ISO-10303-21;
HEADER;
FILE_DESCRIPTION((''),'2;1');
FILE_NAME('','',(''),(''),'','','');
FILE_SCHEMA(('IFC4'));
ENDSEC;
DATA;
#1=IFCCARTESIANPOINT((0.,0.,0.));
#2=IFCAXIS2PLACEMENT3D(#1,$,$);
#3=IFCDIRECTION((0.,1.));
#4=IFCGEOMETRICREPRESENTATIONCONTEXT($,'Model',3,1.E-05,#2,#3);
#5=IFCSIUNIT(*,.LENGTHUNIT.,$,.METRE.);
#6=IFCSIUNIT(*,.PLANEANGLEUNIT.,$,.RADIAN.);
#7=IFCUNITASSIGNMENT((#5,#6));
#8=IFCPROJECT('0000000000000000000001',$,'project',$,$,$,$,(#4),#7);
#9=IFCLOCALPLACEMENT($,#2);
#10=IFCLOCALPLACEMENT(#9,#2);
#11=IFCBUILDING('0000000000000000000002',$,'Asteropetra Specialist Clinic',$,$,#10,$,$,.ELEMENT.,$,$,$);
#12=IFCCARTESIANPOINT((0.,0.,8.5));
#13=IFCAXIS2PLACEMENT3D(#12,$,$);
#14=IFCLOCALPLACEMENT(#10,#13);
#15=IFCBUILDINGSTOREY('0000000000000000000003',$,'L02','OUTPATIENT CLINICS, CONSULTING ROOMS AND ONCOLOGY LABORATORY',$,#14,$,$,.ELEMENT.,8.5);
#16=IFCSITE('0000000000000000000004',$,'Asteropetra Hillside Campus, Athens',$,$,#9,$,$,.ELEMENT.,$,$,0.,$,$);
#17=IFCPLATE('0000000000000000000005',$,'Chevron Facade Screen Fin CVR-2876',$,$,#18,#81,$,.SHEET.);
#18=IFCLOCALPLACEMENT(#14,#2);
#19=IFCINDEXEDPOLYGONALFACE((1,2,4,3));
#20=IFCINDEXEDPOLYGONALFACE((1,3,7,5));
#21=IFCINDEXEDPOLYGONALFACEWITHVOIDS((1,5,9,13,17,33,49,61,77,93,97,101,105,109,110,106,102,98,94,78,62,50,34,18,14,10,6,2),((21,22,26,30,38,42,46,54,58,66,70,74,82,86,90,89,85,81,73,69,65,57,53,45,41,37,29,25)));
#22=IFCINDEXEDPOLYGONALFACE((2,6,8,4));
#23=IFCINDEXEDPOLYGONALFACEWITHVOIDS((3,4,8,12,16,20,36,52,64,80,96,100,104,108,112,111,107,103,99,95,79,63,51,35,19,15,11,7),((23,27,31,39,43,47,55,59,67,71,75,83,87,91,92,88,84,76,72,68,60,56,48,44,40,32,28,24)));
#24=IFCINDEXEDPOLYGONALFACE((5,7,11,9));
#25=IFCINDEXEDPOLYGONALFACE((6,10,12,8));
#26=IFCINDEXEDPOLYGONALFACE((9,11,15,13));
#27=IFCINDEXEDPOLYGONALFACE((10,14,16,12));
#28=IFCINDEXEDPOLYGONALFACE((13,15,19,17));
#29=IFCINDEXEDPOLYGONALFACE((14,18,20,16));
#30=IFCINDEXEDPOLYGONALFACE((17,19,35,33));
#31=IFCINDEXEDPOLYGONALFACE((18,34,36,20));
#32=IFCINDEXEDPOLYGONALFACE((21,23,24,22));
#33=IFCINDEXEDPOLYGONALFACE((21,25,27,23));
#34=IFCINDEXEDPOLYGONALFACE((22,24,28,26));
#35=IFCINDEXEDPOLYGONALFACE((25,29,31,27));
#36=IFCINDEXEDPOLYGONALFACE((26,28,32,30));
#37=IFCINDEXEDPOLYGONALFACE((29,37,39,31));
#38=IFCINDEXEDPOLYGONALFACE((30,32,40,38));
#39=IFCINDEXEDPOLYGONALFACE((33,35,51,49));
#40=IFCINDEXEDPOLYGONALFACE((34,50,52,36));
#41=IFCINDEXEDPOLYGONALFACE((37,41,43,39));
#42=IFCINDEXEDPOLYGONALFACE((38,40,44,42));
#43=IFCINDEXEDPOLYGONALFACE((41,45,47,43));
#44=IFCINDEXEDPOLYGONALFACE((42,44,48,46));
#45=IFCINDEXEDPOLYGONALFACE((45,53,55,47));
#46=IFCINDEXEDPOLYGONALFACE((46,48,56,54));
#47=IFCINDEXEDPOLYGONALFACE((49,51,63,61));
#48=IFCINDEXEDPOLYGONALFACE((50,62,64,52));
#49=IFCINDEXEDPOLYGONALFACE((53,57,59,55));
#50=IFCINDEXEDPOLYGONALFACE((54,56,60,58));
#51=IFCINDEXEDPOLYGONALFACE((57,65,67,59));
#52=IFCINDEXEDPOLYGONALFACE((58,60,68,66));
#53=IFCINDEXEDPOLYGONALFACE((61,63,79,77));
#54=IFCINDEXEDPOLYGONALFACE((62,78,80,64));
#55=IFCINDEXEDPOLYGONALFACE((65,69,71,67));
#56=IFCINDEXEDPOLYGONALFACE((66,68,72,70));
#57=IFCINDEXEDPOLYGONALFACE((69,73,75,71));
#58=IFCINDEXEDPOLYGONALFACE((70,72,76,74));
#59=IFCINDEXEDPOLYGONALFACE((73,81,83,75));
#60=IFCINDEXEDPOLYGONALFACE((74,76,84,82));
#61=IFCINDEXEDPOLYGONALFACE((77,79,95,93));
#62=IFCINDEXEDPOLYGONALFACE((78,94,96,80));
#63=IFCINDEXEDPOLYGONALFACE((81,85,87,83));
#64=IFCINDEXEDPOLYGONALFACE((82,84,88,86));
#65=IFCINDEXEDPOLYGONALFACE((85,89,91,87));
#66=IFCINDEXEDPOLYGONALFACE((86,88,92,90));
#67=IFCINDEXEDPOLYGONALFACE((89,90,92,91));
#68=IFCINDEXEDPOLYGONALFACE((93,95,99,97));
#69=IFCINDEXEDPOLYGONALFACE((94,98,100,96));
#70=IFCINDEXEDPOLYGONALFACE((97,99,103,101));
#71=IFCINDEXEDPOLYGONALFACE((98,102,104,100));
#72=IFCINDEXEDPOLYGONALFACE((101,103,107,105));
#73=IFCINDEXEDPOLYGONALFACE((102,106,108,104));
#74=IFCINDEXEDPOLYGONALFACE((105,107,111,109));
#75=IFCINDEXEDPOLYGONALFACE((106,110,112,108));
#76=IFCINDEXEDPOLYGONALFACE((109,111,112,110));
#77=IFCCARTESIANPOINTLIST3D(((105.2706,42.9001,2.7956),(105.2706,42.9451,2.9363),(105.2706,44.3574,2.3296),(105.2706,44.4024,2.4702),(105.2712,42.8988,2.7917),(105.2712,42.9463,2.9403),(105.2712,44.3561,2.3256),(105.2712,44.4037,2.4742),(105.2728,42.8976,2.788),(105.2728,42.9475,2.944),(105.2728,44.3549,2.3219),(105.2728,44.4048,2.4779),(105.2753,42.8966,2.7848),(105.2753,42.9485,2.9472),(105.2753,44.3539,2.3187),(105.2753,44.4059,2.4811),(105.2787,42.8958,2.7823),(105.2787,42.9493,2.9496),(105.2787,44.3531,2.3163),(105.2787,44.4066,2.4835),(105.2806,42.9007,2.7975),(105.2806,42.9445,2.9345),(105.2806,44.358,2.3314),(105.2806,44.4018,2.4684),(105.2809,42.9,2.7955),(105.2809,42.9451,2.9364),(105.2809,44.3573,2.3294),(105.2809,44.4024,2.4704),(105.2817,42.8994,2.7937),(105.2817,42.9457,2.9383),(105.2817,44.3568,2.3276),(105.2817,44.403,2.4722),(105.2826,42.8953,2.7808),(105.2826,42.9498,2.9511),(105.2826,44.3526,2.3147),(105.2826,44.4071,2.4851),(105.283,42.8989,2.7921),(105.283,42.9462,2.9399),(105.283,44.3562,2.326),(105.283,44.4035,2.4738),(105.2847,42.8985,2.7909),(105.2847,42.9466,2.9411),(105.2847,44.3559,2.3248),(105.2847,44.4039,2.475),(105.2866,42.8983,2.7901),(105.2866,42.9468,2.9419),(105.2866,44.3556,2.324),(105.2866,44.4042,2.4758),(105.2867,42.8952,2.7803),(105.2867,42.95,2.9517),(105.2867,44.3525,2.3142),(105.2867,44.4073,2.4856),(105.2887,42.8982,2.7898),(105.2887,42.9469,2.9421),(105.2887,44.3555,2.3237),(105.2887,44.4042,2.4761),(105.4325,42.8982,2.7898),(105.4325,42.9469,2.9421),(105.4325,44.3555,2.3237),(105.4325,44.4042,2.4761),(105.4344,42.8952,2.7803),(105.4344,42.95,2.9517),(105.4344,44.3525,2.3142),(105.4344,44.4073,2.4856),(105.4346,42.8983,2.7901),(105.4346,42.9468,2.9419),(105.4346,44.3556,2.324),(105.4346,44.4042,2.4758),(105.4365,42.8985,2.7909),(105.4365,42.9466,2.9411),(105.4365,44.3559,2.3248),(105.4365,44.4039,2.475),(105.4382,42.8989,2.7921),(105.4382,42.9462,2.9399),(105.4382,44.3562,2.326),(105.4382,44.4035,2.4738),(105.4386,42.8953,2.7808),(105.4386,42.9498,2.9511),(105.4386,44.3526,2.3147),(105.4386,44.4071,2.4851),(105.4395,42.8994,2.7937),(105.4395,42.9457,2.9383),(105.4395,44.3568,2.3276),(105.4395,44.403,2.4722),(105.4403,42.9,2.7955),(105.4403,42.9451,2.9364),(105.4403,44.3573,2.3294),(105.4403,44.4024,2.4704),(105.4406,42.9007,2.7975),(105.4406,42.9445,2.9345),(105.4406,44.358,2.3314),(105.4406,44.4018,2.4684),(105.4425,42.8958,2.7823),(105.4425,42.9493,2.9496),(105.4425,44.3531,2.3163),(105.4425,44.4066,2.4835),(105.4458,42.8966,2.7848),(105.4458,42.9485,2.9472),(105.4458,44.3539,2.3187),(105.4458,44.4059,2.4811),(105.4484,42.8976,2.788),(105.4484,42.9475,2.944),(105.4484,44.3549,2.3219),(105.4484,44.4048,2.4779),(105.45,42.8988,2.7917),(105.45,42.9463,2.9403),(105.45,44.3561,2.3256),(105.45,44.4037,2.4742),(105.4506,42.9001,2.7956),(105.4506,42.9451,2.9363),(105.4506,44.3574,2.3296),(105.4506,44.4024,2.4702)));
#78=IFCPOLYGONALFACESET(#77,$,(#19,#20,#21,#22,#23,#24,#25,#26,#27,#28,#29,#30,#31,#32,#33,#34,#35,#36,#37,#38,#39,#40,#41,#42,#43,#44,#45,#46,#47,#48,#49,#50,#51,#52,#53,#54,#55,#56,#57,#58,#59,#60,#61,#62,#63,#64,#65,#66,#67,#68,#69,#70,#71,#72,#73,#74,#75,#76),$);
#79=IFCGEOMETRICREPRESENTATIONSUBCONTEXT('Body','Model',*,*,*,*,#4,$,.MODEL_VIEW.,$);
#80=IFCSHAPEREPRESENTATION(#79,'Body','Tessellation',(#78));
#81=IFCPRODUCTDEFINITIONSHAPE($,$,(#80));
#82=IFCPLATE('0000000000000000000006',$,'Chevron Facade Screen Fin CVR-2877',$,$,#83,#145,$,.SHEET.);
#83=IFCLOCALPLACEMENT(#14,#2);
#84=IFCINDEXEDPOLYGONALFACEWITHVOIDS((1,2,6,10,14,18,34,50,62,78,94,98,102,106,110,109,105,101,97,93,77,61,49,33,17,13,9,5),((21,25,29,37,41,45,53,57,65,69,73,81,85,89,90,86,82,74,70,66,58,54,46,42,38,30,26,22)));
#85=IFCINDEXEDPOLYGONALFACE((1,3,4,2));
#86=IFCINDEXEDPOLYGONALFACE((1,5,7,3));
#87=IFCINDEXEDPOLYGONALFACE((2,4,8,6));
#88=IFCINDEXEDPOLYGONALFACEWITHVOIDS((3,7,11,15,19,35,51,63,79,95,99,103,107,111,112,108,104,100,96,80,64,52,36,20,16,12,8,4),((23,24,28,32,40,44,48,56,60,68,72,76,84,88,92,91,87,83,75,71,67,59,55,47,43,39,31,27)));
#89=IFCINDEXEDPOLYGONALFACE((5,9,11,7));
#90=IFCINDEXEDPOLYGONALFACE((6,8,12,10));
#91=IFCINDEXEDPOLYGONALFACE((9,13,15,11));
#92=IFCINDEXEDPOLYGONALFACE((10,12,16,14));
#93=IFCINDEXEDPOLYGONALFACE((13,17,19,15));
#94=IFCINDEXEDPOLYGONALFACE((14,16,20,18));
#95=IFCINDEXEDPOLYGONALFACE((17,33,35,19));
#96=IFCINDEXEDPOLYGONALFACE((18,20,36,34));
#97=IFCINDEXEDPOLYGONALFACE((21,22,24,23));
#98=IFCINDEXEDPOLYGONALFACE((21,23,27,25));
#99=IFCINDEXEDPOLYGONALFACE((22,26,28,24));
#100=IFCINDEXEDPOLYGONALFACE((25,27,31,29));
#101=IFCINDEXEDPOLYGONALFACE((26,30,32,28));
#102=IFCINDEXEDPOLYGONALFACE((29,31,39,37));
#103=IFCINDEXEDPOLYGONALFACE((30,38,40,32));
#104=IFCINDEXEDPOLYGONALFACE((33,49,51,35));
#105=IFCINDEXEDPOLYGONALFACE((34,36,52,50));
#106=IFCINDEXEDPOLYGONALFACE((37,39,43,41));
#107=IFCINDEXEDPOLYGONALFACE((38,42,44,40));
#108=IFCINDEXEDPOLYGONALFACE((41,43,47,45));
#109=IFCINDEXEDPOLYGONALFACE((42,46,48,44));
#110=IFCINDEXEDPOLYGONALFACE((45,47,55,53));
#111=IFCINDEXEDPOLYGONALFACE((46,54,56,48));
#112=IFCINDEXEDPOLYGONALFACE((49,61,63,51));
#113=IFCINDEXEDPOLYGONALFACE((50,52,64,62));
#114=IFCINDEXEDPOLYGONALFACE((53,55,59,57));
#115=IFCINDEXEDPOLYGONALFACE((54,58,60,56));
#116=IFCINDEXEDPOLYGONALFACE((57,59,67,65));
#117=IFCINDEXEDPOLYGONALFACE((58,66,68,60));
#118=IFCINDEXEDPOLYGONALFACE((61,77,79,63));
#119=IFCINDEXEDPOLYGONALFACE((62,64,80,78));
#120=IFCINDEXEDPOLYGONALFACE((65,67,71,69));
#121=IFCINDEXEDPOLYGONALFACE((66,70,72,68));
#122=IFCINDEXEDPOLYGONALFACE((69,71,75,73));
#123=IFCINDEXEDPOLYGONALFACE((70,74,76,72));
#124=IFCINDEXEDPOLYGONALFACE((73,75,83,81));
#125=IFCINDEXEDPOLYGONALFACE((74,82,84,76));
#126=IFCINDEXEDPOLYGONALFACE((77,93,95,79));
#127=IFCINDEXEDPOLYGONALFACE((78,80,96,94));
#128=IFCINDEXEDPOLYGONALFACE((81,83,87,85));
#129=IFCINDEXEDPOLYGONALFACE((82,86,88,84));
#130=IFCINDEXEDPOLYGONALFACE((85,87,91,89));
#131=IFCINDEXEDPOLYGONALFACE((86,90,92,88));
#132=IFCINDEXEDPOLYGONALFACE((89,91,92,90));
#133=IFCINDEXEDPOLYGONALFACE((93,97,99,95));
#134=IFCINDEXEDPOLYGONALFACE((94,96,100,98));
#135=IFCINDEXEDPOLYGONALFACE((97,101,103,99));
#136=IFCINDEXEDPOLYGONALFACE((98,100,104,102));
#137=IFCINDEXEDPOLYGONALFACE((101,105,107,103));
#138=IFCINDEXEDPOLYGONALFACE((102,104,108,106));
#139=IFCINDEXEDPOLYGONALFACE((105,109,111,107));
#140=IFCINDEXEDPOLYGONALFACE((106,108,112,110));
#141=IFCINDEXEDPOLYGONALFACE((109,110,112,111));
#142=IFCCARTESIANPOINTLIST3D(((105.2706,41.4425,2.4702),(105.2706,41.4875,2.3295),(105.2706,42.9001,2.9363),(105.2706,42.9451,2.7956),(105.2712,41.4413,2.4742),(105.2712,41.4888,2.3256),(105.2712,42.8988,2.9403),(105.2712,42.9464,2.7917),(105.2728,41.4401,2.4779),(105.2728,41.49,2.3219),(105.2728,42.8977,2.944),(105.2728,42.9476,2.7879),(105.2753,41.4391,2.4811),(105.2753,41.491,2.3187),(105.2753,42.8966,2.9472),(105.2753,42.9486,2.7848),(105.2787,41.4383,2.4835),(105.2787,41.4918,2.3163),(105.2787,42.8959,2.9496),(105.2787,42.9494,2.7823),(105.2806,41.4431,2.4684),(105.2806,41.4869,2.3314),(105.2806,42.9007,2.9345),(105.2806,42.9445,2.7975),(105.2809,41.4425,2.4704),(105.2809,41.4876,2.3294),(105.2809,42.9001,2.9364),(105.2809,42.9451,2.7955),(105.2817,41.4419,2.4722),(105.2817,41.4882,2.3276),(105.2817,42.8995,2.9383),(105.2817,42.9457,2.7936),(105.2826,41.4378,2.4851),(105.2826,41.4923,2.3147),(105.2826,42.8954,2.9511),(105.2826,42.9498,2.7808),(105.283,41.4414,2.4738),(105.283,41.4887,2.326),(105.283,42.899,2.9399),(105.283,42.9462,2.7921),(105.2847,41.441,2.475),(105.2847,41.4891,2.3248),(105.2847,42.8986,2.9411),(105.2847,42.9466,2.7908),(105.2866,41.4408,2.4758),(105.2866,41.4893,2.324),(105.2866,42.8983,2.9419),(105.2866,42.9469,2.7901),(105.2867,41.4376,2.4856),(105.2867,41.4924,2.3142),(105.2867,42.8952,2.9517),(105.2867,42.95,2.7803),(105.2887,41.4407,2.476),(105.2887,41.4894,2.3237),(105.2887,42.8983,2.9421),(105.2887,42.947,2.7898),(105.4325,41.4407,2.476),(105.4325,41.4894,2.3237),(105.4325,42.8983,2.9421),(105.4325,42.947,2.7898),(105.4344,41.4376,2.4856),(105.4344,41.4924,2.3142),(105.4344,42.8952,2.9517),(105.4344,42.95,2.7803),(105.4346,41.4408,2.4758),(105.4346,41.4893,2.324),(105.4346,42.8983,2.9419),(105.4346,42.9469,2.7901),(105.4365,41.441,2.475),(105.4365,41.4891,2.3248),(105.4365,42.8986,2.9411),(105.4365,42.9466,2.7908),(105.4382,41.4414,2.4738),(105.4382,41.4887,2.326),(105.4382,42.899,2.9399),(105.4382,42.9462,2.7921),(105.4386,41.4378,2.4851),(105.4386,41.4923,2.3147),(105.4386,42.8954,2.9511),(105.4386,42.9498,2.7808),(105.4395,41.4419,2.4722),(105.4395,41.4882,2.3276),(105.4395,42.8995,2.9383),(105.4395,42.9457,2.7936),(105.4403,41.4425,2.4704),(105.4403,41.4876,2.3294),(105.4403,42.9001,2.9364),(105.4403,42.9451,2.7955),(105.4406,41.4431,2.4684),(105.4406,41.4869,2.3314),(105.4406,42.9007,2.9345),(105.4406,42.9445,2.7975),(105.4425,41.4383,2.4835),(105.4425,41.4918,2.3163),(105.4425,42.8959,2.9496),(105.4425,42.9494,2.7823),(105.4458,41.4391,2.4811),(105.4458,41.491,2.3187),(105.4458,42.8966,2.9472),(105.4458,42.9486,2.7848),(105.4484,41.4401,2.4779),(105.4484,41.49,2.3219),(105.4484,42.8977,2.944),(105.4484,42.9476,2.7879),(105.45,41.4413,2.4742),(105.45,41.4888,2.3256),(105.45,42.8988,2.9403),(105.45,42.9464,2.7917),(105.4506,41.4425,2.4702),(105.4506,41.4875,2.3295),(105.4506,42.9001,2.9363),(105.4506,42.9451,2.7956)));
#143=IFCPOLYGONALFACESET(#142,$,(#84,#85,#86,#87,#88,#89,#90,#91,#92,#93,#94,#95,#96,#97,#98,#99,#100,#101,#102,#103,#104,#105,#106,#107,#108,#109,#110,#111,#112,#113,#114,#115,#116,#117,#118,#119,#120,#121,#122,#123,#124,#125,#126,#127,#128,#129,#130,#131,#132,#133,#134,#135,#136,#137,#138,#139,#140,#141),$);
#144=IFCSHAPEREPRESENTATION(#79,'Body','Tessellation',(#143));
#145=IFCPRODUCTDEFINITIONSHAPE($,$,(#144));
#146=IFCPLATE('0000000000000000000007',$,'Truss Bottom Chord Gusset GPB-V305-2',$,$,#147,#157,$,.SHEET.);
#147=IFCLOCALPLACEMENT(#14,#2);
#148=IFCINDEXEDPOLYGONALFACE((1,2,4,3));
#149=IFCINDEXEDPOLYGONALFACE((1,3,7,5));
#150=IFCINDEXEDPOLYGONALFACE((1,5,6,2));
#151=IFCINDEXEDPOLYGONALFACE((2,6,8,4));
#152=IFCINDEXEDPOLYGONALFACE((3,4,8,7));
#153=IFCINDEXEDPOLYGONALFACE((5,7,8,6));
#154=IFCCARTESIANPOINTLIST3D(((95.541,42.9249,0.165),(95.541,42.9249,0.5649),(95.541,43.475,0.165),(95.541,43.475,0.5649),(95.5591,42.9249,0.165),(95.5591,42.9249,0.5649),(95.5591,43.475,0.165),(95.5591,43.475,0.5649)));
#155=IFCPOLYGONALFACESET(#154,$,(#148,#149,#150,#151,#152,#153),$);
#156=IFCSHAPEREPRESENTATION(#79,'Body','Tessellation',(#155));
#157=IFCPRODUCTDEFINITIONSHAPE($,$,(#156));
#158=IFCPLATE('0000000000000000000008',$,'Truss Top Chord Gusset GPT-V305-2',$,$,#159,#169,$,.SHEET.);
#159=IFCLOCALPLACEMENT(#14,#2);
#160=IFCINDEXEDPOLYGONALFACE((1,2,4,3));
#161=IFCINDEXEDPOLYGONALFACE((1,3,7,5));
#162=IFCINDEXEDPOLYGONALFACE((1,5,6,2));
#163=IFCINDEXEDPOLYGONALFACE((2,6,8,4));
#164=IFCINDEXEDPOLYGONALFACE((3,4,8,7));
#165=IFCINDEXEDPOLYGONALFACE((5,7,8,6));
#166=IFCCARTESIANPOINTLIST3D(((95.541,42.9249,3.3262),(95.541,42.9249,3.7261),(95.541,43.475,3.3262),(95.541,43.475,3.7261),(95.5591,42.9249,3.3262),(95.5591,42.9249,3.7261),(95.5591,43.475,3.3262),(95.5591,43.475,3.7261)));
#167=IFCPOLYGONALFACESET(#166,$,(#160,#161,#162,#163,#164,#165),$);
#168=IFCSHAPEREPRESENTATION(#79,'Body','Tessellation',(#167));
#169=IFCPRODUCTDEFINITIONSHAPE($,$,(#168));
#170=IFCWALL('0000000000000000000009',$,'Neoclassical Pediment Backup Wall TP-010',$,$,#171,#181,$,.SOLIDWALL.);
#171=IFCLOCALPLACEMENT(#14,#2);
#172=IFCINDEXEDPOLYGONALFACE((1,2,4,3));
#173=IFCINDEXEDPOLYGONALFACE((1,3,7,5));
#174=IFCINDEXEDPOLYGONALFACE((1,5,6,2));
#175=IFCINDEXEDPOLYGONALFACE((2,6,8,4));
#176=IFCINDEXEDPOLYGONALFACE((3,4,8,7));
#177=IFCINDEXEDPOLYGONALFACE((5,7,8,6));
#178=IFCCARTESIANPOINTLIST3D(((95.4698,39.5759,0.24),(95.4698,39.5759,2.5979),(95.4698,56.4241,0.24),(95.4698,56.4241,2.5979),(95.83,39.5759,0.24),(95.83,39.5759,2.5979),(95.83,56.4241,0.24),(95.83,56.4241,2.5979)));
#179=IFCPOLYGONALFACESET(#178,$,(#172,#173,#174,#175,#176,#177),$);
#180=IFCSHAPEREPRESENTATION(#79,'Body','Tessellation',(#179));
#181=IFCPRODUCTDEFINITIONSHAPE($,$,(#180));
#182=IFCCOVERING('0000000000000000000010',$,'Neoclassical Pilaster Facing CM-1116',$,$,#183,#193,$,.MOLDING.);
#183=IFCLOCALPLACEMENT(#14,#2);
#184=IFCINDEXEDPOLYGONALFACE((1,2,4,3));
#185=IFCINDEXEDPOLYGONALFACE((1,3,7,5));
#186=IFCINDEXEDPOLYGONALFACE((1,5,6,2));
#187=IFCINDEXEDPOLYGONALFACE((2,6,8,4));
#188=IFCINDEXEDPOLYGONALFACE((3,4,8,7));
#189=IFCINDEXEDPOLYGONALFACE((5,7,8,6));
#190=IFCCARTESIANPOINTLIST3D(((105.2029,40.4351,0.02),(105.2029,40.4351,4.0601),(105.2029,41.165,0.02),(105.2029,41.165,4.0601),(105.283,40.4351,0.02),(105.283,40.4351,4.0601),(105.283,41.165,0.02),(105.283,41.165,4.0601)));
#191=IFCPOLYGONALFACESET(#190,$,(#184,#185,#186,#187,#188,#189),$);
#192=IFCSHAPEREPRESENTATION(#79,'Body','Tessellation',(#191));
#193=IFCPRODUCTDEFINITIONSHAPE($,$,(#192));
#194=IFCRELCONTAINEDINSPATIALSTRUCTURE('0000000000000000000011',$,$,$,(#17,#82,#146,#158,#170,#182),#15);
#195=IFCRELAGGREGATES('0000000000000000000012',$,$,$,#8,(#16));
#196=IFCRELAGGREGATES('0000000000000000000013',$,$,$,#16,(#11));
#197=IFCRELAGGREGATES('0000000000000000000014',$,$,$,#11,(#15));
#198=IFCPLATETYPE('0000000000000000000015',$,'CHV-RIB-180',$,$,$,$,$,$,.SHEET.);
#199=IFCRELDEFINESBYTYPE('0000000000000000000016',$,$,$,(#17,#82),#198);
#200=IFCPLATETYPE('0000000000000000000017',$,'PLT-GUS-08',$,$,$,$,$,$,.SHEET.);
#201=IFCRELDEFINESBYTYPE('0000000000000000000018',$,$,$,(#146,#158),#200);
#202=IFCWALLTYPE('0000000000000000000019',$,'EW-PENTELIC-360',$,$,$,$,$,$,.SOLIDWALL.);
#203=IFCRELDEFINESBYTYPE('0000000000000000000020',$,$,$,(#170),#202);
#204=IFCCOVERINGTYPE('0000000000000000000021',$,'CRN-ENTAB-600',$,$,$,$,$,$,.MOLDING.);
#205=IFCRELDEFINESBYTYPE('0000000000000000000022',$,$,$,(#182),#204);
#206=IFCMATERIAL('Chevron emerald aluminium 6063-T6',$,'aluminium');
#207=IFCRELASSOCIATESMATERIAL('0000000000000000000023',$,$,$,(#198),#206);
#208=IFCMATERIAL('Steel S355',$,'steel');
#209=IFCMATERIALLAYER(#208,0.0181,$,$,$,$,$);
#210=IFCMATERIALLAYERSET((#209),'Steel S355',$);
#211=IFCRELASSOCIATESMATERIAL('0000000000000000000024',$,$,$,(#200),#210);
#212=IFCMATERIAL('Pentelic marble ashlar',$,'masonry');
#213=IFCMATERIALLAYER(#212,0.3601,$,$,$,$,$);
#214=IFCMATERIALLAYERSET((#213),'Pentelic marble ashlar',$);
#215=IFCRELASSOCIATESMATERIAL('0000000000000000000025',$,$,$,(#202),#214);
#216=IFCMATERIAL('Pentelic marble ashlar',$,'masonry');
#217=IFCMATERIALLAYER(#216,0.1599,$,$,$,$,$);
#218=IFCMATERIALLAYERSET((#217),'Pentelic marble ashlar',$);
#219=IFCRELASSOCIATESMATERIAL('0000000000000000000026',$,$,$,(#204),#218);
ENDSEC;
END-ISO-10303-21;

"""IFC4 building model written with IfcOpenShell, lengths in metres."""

from ifc_helpers import new_model, si_unit, direction, frame, frame_2d, origin, origin_2d, place, context, subcontext, project, spatial, rectangle, hollow_rectangle, extrude, material, layer, layer_set, material_profile, profile_set, type_object, element, save


model = new_model("IFC4")

# Units and contexts
model_context = context("Model", 3, precision=1e-05, world=origin(), true_north=direction((0.0, 1.0)))
body_context = subcontext(model_context, "Body", "Model", "MODEL_VIEW")
ifc_project = project(units=[si_unit("LENGTHUNIT", "METRE"), si_unit("PLANEANGLEUNIT", "RADIAN")], contexts=[model_context])

# Site, building, storey
site_placement = place(None, origin())
site = spatial("IfcSite", under=ifc_project, at=site_placement, Name="Asteropetra Hillside Campus, Athens", CompositionType="ELEMENT", RefElevation=0.0)
building_placement = place(site_placement, origin())
building = spatial("IfcBuilding", under=site, at=building_placement, Name="Asteropetra Specialist Clinic", CompositionType="ELEMENT")
storey_placement = place(building_placement, frame((0.0, 0.0, 8.5)))
storey = spatial("IfcBuildingStorey", under=building, at=storey_placement, Name="L02", Description="OUTPATIENT CLINICS, CONSULTING ROOMS AND ONCOLOGY LABORATORY", CompositionType="ELEMENT", Elevation=8.5)

# Plates
ifc_material_1 = material(Name="Chevron emerald aluminium 6063-T6", Category="aluminium")
ifc_material_profile = material_profile(ifc_material_1, hollow_rectangle(XDim=0.1799, YDim=0.1799, WallThickness=0.01, InnerFilletRadius=0.0081, OuterFilletRadius=0.0161, at=origin_2d()), Name="SHS 180x180x10.0")
ifc_profile_set = profile_set([ifc_material_profile], Name="Chevron emerald aluminium 6063-T6")
plate_type_1 = type_object("IfcPlateType", Name="CHV-RIB-180", PredefinedType="SHEET", material=ifc_profile_set)
for number, where, z_axis, x_axis, name in (
    (1, (105.3606, 44.3799, 2.3999), (0.0, -0.952474, 0.304619), (1.0, 0.0, 0.0), "Chevron Facade Screen Fin CVR-2876"),
):
    element("IfcPlate", number, at=place(storey_placement, frame(where, z_axis=z_axis, x_axis=x_axis)), inside=storey, type_object=plate_type_1, Name=name, PredefinedType="SHEET", context=body_context, shape_type="SweptSolid", body=[
        extrude(hollow_rectangle(XDim=0.1799, YDim=0.1799, WallThickness=0.01, InnerFilletRadius=0.0081, OuterFilletRadius=0.0161, at=origin_2d()), origin(), (0.0, 0.0, 1.0), 1.53),
    ])
plate_1_placement = place(storey_placement, frame((105.3606, 42.9226, 2.866), z_axis=(0.0, -0.952489, -0.304573), x_axis=(1.0, 0.0, 0.0)))
element("IfcPlate", 2, at=plate_1_placement, inside=storey, type_object=plate_type_1, Name="Chevron Facade Screen Fin CVR-2877", PredefinedType="SHEET", context=body_context, shape_type="SweptSolid", body=[
    extrude(hollow_rectangle(XDim=0.1799, YDim=0.1799, WallThickness=0.01, InnerFilletRadius=0.0081, OuterFilletRadius=0.0161, at=origin_2d()), origin(), (0.0, 0.0, 1.0), 1.5303),
])
ifc_material_2 = material(Name="Steel S355", Category="steel")
ifc_layer_1 = layer(ifc_material_2, 0.0181)
ifc_layer_set_1 = layer_set([ifc_layer_1], Name="Steel S355")
plate_type_2 = type_object("IfcPlateType", Name="PLT-GUS-08", PredefinedType="SHEET", material=ifc_layer_set_1)
for number, where, z_axis, x_axis, name in (
    (3, (95.55, 43.2, 0.165), (0.0, 0.0, 1.0), (1.0, 0.0, 0.0), "Truss Bottom Chord Gusset GPB-V305-2"),
    (4, (95.55, 43.2, 3.3262), (0.0, 0.0, 1.0), (1.0, 0.0, 0.0), "Truss Top Chord Gusset GPT-V305-2"),
):
    element("IfcPlate", number, at=place(storey_placement, frame(where, z_axis=z_axis, x_axis=x_axis)), inside=storey, type_object=plate_type_2, Name=name, PredefinedType="SHEET", context=body_context, shape_type="SweptSolid", body=[
        extrude(rectangle(XDim=0.0181, YDim=0.55, at=origin_2d()), origin(), (0.0, 0.0, 1.0), 0.3999),
    ])

# Wall
ifc_material_3 = material(Name="Pentelic marble ashlar", Category="masonry")
ifc_layer_2 = layer(ifc_material_3, 0.3601)
ifc_layer_set_2 = layer_set([ifc_layer_2], Name="Pentelic marble ashlar")
wall_type = type_object("IfcWallType", Name="EW-PENTELIC-360", PredefinedType="SOLIDWALL", material=ifc_layer_set_2)
wall_placement = place(storey_placement, frame((95.6499, 39.5759, 0.24), z_axis=(0.0, 0.0, 1.0), x_axis=(0.0, 1.0, 0.0)))
element("IfcWall", 5, at=wall_placement, inside=storey, type_object=wall_type, Name="Neoclassical Pediment Backup Wall TP-010", PredefinedType="SOLIDWALL", context=body_context, shape_type="SweptSolid", body=[
    extrude(rectangle(XDim=16.8481, YDim=0.3601, at=frame_2d((8.4241, 0.0))), origin(), (0.0, 0.0, 1.0), 2.3579),
])

# Covering
ifc_material_4 = material(Name="Pentelic marble ashlar", Category="masonry")
ifc_layer_3 = layer(ifc_material_4, 0.1599)
ifc_layer_set_3 = layer_set([ifc_layer_3], Name="Pentelic marble ashlar")
covering_type_1 = type_object("IfcCoveringType", Name="CRN-ENTAB-600", PredefinedType="MOLDING", material=ifc_layer_set_3)
covering_placement = place(storey_placement, frame((105.2429, 40.8, 0.02), z_axis=(0.0, 0.0, 1.0), x_axis=(1.0, 0.0, 0.0)))
element("IfcCovering", 6, at=covering_placement, inside=storey, type_object=covering_type_1, Name="Neoclassical Pilaster Facing CM-1116", PredefinedType="MOLDING", context=body_context, shape_type="SweptSolid", body=[
    extrude(rectangle(XDim=0.0801, YDim=0.73, at=origin_2d()), origin(), (0.0, 0.0, 1.0), 4.04),
])

save(model, "model.ifc")
